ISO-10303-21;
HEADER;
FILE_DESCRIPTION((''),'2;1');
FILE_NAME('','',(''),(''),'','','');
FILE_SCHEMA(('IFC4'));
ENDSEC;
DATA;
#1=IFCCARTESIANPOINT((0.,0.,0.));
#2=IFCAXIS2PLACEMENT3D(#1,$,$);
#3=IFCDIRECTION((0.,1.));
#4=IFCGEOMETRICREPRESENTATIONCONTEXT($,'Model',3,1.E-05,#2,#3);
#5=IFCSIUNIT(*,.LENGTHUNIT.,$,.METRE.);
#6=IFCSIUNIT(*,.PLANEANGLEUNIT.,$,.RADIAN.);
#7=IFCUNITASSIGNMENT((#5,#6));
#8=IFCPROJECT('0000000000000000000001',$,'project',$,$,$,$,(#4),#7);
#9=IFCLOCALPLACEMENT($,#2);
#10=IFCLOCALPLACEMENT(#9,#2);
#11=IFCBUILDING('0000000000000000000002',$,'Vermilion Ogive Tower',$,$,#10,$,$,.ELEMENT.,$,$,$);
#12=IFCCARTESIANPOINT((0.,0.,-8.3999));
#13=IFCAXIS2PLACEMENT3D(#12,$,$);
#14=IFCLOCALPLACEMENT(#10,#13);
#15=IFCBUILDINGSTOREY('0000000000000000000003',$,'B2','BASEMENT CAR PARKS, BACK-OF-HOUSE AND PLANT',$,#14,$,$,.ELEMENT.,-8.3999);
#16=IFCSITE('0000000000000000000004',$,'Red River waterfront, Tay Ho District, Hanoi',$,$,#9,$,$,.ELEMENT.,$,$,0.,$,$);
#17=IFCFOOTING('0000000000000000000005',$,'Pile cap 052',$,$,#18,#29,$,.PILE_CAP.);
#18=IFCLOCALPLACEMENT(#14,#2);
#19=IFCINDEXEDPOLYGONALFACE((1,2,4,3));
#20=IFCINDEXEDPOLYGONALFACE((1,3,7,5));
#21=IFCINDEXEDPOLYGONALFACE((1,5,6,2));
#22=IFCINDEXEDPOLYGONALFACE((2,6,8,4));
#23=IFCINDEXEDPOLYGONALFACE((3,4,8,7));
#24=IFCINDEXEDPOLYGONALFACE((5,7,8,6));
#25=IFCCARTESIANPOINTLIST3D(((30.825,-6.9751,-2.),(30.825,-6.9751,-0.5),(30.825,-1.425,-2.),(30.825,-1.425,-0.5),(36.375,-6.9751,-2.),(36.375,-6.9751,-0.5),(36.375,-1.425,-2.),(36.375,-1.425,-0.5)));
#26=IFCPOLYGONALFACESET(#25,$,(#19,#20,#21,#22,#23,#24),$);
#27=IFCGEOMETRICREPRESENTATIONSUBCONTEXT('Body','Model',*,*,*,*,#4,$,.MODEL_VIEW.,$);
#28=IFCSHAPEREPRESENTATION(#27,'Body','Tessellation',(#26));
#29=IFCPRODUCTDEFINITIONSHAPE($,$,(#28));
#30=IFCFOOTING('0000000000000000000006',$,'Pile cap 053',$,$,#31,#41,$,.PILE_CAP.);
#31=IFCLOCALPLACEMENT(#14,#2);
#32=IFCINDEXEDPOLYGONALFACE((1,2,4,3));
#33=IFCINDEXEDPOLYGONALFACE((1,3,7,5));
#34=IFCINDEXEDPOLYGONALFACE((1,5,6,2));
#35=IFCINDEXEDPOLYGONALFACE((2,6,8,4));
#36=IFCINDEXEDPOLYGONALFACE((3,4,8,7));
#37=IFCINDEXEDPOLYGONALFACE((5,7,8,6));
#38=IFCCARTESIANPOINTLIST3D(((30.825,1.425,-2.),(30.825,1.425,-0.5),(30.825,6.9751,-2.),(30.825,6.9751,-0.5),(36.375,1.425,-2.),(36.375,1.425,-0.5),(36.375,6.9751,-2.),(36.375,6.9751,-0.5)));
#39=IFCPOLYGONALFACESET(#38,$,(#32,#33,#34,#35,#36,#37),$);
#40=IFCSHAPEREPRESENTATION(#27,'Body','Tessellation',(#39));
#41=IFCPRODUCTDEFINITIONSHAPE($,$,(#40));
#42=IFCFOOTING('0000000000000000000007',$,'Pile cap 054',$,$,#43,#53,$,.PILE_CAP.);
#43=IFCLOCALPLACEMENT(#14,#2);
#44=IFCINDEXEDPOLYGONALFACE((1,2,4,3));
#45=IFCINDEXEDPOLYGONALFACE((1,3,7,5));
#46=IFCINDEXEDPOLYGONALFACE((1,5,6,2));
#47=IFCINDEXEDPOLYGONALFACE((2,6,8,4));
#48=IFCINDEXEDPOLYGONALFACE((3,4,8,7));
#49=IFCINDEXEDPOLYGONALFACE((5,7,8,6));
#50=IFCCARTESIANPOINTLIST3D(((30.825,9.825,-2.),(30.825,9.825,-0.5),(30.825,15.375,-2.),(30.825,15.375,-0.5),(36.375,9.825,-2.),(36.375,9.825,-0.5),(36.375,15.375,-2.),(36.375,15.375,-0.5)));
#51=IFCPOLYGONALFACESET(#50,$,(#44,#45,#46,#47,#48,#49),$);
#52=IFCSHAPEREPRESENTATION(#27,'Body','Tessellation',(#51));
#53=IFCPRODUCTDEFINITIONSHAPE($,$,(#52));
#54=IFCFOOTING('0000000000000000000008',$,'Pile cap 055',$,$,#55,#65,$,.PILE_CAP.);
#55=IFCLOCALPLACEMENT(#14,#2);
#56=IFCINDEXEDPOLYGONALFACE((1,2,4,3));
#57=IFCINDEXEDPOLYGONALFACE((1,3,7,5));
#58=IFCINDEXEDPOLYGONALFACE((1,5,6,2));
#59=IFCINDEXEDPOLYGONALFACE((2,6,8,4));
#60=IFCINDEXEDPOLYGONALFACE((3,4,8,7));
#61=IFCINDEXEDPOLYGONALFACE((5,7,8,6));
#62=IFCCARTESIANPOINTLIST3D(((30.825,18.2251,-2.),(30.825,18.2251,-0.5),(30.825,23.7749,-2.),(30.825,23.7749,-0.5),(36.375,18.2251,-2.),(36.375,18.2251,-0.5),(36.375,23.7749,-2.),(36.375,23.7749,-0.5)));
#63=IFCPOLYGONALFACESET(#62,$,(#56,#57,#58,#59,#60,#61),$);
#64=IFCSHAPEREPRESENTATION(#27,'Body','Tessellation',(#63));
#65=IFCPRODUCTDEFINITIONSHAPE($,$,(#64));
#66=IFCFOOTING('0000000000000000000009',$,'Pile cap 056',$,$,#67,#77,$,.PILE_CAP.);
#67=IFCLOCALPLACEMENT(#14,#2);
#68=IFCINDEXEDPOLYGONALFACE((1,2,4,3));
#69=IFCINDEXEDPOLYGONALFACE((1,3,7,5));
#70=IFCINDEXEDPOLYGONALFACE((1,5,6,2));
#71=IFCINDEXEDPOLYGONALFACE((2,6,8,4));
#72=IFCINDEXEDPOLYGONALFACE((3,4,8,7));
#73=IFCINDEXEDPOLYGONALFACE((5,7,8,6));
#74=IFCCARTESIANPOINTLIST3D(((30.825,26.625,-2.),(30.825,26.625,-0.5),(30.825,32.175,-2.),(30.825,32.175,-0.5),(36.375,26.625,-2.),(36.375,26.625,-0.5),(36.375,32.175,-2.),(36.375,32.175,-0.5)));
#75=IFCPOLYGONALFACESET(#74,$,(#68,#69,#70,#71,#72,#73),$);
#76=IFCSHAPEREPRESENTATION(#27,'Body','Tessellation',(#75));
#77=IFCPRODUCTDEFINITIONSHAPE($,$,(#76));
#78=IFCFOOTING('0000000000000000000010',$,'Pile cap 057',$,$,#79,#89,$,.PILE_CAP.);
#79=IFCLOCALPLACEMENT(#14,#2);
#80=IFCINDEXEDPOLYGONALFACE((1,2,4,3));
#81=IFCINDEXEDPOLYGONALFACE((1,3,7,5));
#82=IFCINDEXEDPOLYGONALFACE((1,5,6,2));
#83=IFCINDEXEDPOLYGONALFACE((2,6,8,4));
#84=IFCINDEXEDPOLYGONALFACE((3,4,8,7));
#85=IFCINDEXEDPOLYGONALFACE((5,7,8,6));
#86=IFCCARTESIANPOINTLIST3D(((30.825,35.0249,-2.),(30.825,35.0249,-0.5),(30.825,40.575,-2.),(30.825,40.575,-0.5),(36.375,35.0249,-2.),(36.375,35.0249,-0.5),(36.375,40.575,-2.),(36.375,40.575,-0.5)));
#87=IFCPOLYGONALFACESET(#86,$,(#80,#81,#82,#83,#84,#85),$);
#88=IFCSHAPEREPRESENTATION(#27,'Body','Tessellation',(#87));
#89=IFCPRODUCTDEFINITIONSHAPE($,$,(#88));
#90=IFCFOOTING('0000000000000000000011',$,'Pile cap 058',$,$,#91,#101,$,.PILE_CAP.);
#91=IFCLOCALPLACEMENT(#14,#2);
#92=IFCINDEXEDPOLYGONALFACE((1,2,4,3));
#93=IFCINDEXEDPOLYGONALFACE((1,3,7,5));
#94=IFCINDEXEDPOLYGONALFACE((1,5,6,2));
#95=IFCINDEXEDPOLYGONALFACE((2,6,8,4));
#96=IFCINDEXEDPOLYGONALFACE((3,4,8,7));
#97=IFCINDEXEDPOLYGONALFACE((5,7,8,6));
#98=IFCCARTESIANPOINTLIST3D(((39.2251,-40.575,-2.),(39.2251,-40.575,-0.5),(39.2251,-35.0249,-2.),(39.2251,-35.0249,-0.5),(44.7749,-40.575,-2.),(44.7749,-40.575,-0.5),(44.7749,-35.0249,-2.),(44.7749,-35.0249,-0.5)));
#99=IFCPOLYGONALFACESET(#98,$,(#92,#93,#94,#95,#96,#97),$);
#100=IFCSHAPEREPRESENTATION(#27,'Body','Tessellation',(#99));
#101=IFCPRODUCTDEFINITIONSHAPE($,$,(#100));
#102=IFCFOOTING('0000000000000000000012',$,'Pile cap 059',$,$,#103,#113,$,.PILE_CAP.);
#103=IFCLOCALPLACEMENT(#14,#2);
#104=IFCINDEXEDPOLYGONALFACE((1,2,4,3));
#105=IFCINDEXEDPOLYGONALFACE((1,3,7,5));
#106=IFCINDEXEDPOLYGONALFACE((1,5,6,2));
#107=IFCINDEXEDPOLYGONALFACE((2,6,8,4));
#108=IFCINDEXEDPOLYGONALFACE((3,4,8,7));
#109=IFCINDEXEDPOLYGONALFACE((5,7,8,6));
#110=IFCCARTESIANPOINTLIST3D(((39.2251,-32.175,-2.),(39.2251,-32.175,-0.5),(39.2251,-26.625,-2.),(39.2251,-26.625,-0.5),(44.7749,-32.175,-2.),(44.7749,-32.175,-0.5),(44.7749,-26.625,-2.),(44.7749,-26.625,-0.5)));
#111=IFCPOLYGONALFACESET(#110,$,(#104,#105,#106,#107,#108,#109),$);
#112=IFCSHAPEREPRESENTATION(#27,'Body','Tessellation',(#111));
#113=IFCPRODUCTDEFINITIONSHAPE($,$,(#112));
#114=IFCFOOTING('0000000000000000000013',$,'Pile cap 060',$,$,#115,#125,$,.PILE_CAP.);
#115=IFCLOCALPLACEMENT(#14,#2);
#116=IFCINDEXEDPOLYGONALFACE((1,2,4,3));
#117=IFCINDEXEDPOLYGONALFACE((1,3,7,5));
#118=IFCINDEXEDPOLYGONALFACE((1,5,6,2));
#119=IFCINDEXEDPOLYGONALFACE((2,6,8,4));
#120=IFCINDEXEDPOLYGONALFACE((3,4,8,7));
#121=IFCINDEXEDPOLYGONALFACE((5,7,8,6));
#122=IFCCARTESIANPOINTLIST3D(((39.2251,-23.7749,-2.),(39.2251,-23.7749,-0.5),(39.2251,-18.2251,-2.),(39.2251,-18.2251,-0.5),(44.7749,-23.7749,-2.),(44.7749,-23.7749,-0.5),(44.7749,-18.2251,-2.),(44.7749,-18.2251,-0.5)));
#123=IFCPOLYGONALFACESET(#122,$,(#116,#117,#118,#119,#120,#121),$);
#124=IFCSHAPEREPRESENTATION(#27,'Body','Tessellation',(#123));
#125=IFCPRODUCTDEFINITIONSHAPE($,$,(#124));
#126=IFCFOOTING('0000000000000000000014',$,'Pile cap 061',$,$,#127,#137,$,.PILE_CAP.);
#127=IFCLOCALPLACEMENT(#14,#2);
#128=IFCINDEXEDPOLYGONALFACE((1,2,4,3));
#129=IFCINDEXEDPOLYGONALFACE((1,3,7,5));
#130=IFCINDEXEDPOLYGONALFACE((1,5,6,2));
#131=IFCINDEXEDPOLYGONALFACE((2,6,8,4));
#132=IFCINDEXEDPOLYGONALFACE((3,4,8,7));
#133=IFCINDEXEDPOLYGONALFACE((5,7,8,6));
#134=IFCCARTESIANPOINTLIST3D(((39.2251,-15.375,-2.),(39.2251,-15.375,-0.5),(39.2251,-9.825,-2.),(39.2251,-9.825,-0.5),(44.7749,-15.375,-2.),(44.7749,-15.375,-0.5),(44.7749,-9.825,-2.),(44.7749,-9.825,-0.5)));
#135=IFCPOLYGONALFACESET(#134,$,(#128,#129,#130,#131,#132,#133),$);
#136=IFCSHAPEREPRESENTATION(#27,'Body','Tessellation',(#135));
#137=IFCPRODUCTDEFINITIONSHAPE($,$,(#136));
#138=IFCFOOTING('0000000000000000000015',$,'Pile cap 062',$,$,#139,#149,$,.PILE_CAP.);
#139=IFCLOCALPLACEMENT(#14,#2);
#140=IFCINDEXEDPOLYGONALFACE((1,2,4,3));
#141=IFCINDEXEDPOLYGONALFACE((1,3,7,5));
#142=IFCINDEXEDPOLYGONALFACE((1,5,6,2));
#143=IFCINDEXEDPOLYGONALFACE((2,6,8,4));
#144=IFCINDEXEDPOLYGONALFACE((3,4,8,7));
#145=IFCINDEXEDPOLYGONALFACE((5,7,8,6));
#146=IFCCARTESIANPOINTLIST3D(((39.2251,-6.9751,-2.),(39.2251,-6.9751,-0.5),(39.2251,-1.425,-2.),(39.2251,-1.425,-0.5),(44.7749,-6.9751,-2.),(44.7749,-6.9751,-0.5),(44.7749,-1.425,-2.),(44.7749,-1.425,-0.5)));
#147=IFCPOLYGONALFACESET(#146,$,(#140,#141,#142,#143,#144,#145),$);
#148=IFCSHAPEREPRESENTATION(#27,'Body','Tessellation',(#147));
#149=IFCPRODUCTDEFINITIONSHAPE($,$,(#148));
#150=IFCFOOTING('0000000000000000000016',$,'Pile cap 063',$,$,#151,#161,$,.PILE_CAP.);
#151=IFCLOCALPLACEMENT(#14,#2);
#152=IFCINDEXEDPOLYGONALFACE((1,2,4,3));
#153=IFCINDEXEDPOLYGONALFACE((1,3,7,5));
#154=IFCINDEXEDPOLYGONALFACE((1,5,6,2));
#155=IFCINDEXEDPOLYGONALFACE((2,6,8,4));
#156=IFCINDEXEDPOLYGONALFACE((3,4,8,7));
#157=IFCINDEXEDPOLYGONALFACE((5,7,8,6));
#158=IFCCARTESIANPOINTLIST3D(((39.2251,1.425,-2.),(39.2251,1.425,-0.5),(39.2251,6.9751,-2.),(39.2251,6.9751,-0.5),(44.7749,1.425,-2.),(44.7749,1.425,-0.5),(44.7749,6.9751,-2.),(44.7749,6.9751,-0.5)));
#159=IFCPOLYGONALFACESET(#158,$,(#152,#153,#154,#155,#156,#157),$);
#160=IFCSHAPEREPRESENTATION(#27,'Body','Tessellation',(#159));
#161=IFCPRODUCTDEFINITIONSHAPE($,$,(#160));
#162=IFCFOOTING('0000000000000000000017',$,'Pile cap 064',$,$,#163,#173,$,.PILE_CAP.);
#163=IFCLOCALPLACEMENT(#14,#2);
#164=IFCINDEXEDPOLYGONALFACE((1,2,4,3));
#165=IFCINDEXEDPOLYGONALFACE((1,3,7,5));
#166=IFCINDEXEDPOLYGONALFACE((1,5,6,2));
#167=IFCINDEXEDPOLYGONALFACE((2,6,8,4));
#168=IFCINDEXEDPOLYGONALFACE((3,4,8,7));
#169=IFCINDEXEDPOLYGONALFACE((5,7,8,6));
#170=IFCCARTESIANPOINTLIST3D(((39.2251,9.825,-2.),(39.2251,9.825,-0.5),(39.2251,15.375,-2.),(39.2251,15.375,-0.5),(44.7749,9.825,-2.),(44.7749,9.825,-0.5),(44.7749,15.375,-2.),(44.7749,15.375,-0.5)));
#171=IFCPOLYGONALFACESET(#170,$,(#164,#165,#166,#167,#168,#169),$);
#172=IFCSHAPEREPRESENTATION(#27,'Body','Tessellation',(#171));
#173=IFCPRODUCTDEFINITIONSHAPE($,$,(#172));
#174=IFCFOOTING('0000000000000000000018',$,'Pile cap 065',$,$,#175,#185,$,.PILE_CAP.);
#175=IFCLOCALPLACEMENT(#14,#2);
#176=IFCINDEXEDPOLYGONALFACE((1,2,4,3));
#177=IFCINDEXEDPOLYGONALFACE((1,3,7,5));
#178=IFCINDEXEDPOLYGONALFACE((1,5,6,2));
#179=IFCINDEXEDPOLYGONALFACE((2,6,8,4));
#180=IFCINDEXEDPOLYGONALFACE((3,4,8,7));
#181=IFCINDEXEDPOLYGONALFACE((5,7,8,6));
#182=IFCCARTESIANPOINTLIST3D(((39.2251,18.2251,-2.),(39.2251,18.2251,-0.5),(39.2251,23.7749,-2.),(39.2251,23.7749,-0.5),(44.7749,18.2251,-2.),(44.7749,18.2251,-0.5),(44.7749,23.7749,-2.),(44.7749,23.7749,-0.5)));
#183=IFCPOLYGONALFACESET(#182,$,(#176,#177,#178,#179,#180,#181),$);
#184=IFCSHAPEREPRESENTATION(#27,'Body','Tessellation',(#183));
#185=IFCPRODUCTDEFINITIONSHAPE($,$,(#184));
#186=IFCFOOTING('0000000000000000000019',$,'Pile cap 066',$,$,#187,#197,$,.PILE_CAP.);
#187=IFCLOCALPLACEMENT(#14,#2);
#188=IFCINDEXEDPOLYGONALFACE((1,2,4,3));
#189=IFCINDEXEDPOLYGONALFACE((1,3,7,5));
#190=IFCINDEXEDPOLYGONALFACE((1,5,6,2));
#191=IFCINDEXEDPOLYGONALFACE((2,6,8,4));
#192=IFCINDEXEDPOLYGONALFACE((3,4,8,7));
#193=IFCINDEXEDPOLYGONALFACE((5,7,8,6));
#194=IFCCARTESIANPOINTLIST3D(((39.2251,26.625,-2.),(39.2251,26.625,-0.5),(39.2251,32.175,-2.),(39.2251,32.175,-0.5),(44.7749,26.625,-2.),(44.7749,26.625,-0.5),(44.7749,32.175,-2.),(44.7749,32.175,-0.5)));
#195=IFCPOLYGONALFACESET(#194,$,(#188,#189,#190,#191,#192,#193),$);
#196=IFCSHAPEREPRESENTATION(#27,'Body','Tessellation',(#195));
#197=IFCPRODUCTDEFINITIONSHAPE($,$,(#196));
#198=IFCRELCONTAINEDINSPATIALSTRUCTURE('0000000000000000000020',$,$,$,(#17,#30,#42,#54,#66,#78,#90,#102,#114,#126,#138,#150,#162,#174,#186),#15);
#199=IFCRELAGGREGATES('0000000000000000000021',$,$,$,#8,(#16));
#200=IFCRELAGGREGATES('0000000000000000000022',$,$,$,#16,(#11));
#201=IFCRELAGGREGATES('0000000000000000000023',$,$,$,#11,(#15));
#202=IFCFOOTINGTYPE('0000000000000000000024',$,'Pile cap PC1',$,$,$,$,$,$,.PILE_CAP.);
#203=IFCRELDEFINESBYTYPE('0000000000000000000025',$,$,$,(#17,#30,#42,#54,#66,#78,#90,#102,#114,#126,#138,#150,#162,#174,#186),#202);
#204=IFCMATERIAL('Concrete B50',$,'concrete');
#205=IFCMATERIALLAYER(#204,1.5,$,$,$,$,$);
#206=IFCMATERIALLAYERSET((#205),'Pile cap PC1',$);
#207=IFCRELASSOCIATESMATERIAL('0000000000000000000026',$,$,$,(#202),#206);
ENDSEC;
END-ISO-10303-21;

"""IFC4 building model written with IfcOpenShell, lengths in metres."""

from ifc_helpers import new_model, si_unit, direction, frame, origin, place, context, subcontext, project, spatial, polyline, outline, extrude, material, layer, layer_set, type_object, element, save


model = new_model("IFC4")

# Units and contexts
model_context = context("Model", 3, precision=1e-05, world=origin(), true_north=direction((0.0, 1.0)))
body_context = subcontext(model_context, "Body", "Model", "MODEL_VIEW")
ifc_project = project(units=[si_unit("LENGTHUNIT", "METRE"), si_unit("PLANEANGLEUNIT", "RADIAN")], contexts=[model_context])

# Site, building, storey
site_placement = place(None, origin())
site = spatial("IfcSite", under=ifc_project, at=site_placement, Name="Red River waterfront, Tay Ho District, Hanoi", CompositionType="ELEMENT", RefElevation=0.0)
building_placement = place(site_placement, origin())
building = spatial("IfcBuilding", under=site, at=building_placement, Name="Vermilion Ogive Tower", CompositionType="ELEMENT")
storey_placement = place(building_placement, frame((0.0, 0.0, -8.3999)))
storey = spatial("IfcBuildingStorey", under=building, at=storey_placement, Name="B2", Description="BASEMENT CAR PARKS, BACK-OF-HOUSE AND PLANT", CompositionType="ELEMENT", Elevation=-8.3999)

# Footings
ifc_material = material(Name="Concrete B50", Category="concrete")
ifc_layer = layer(ifc_material, 1.5)
ifc_layer_set = layer_set([ifc_layer], Name="Pile cap PC1")
footing_type = type_object("IfcFootingType", Name="Pile cap PC1", PredefinedType="PILE_CAP", material=ifc_layer_set)
footing_1_placement = place(storey_placement, frame((0.0, 0.0, -2.0)))
element("IfcFooting", 1, at=footing_1_placement, inside=storey, type_object=footing_type, Name="Pile cap 052", PredefinedType="PILE_CAP", context=body_context, shape_type="SweptSolid", body=[
    extrude(outline(polyline([(30.825, -6.9751), (36.375, -6.9751), (36.375, -1.425), (30.825, -1.425), (30.825, -6.9751)])), origin(), (0.0, 0.0, 1.0), 1.5),
])
footing_2_placement = place(storey_placement, frame((0.0, 0.0, -2.0)))
element("IfcFooting", 2, at=footing_2_placement, inside=storey, type_object=footing_type, Name="Pile cap 053", PredefinedType="PILE_CAP", context=body_context, shape_type="SweptSolid", body=[
    extrude(outline(polyline([(30.825, 1.425), (36.375, 1.425), (36.375, 6.9751), (30.825, 6.9751), (30.825, 1.425)])), origin(), (0.0, 0.0, 1.0), 1.5),
])
footing_3_placement = place(storey_placement, frame((0.0, 0.0, -2.0)))
element("IfcFooting", 3, at=footing_3_placement, inside=storey, type_object=footing_type, Name="Pile cap 054", PredefinedType="PILE_CAP", context=body_context, shape_type="SweptSolid", body=[
    extrude(outline(polyline([(30.825, 9.825), (36.375, 9.825), (36.375, 15.375), (30.825, 15.375), (30.825, 9.825)])), origin(), (0.0, 0.0, 1.0), 1.5),
])
footing_4_placement = place(storey_placement, frame((0.0, 0.0, -2.0)))
element("IfcFooting", 4, at=footing_4_placement, inside=storey, type_object=footing_type, Name="Pile cap 055", PredefinedType="PILE_CAP", context=body_context, shape_type="SweptSolid", body=[
    extrude(outline(polyline([(30.825, 18.2251), (36.375, 18.2251), (36.375, 23.7749), (30.825, 23.7749), (30.825, 18.2251)])), origin(), (0.0, 0.0, 1.0), 1.5),
])
footing_5_placement = place(storey_placement, frame((0.0, 0.0, -2.0)))
element("IfcFooting", 5, at=footing_5_placement, inside=storey, type_object=footing_type, Name="Pile cap 056", PredefinedType="PILE_CAP", context=body_context, shape_type="SweptSolid", body=[
    extrude(outline(polyline([(30.825, 26.625), (36.375, 26.625), (36.375, 32.175), (30.825, 32.175), (30.825, 26.625)])), origin(), (0.0, 0.0, 1.0), 1.5),
])
footing_6_placement = place(storey_placement, frame((0.0, 0.0, -2.0)))
element("IfcFooting", 6, at=footing_6_placement, inside=storey, type_object=footing_type, Name="Pile cap 057", PredefinedType="PILE_CAP", context=body_context, shape_type="SweptSolid", body=[
    extrude(outline(polyline([(30.825, 35.0249), (36.375, 35.0249), (36.375, 40.575), (30.825, 40.575), (30.825, 35.0249)])), origin(), (0.0, 0.0, 1.0), 1.5),
])
footing_7_placement = place(storey_placement, frame((0.0, 0.0, -2.0)))
element("IfcFooting", 7, at=footing_7_placement, inside=storey, type_object=footing_type, Name="Pile cap 058", PredefinedType="PILE_CAP", context=body_context, shape_type="SweptSolid", body=[
    extrude(outline(polyline([(39.2251, -40.575), (44.7749, -40.575), (44.7749, -35.0249), (39.2251, -35.0249), (39.2251, -40.575)])), origin(), (0.0, 0.0, 1.0), 1.5),
])
footing_8_placement = place(storey_placement, frame((0.0, 0.0, -2.0)))
element("IfcFooting", 8, at=footing_8_placement, inside=storey, type_object=footing_type, Name="Pile cap 059", PredefinedType="PILE_CAP", context=body_context, shape_type="SweptSolid", body=[
    extrude(outline(polyline([(39.2251, -32.175), (44.7749, -32.175), (44.7749, -26.625), (39.2251, -26.625), (39.2251, -32.175)])), origin(), (0.0, 0.0, 1.0), 1.5),
])
footing_9_placement = place(storey_placement, frame((0.0, 0.0, -2.0)))
element("IfcFooting", 9, at=footing_9_placement, inside=storey, type_object=footing_type, Name="Pile cap 060", PredefinedType="PILE_CAP", context=body_context, shape_type="SweptSolid", body=[
    extrude(outline(polyline([(39.2251, -23.7749), (44.7749, -23.7749), (44.7749, -18.2251), (39.2251, -18.2251), (39.2251, -23.7749)])), origin(), (0.0, 0.0, 1.0), 1.5),
])
footing_10_placement = place(storey_placement, frame((0.0, 0.0, -2.0)))
element("IfcFooting", 10, at=footing_10_placement, inside=storey, type_object=footing_type, Name="Pile cap 061", PredefinedType="PILE_CAP", context=body_context, shape_type="SweptSolid", body=[
    extrude(outline(polyline([(39.2251, -15.375), (44.7749, -15.375), (44.7749, -9.825), (39.2251, -9.825), (39.2251, -15.375)])), origin(), (0.0, 0.0, 1.0), 1.5),
])
footing_11_placement = place(storey_placement, frame((0.0, 0.0, -2.0)))
element("IfcFooting", 11, at=footing_11_placement, inside=storey, type_object=footing_type, Name="Pile cap 062", PredefinedType="PILE_CAP", context=body_context, shape_type="SweptSolid", body=[
    extrude(outline(polyline([(39.2251, -6.9751), (44.7749, -6.9751), (44.7749, -1.425), (39.2251, -1.425), (39.2251, -6.9751)])), origin(), (0.0, 0.0, 1.0), 1.5),
])
footing_12_placement = place(storey_placement, frame((0.0, 0.0, -2.0)))
element("IfcFooting", 12, at=footing_12_placement, inside=storey, type_object=footing_type, Name="Pile cap 063", PredefinedType="PILE_CAP", context=body_context, shape_type="SweptSolid", body=[
    extrude(outline(polyline([(39.2251, 1.425), (44.7749, 1.425), (44.7749, 6.9751), (39.2251, 6.9751), (39.2251, 1.425)])), origin(), (0.0, 0.0, 1.0), 1.5),
])
footing_13_placement = place(storey_placement, frame((0.0, 0.0, -2.0)))
element("IfcFooting", 13, at=footing_13_placement, inside=storey, type_object=footing_type, Name="Pile cap 064", PredefinedType="PILE_CAP", context=body_context, shape_type="SweptSolid", body=[
    extrude(outline(polyline([(39.2251, 9.825), (44.7749, 9.825), (44.7749, 15.375), (39.2251, 15.375), (39.2251, 9.825)])), origin(), (0.0, 0.0, 1.0), 1.5),
])
footing_14_placement = place(storey_placement, frame((0.0, 0.0, -2.0)))
element("IfcFooting", 14, at=footing_14_placement, inside=storey, type_object=footing_type, Name="Pile cap 065", PredefinedType="PILE_CAP", context=body_context, shape_type="SweptSolid", body=[
    extrude(outline(polyline([(39.2251, 18.2251), (44.7749, 18.2251), (44.7749, 23.7749), (39.2251, 23.7749), (39.2251, 18.2251)])), origin(), (0.0, 0.0, 1.0), 1.5),
])
footing_15_placement = place(storey_placement, frame((0.0, 0.0, -2.0)))
element("IfcFooting", 15, at=footing_15_placement, inside=storey, type_object=footing_type, Name="Pile cap 066", PredefinedType="PILE_CAP", context=body_context, shape_type="SweptSolid", body=[
    extrude(outline(polyline([(39.2251, 26.625), (44.7749, 26.625), (44.7749, 32.175), (39.2251, 32.175), (39.2251, 26.625)])), origin(), (0.0, 0.0, 1.0), 1.5),
])

save(model, "model.ifc")
